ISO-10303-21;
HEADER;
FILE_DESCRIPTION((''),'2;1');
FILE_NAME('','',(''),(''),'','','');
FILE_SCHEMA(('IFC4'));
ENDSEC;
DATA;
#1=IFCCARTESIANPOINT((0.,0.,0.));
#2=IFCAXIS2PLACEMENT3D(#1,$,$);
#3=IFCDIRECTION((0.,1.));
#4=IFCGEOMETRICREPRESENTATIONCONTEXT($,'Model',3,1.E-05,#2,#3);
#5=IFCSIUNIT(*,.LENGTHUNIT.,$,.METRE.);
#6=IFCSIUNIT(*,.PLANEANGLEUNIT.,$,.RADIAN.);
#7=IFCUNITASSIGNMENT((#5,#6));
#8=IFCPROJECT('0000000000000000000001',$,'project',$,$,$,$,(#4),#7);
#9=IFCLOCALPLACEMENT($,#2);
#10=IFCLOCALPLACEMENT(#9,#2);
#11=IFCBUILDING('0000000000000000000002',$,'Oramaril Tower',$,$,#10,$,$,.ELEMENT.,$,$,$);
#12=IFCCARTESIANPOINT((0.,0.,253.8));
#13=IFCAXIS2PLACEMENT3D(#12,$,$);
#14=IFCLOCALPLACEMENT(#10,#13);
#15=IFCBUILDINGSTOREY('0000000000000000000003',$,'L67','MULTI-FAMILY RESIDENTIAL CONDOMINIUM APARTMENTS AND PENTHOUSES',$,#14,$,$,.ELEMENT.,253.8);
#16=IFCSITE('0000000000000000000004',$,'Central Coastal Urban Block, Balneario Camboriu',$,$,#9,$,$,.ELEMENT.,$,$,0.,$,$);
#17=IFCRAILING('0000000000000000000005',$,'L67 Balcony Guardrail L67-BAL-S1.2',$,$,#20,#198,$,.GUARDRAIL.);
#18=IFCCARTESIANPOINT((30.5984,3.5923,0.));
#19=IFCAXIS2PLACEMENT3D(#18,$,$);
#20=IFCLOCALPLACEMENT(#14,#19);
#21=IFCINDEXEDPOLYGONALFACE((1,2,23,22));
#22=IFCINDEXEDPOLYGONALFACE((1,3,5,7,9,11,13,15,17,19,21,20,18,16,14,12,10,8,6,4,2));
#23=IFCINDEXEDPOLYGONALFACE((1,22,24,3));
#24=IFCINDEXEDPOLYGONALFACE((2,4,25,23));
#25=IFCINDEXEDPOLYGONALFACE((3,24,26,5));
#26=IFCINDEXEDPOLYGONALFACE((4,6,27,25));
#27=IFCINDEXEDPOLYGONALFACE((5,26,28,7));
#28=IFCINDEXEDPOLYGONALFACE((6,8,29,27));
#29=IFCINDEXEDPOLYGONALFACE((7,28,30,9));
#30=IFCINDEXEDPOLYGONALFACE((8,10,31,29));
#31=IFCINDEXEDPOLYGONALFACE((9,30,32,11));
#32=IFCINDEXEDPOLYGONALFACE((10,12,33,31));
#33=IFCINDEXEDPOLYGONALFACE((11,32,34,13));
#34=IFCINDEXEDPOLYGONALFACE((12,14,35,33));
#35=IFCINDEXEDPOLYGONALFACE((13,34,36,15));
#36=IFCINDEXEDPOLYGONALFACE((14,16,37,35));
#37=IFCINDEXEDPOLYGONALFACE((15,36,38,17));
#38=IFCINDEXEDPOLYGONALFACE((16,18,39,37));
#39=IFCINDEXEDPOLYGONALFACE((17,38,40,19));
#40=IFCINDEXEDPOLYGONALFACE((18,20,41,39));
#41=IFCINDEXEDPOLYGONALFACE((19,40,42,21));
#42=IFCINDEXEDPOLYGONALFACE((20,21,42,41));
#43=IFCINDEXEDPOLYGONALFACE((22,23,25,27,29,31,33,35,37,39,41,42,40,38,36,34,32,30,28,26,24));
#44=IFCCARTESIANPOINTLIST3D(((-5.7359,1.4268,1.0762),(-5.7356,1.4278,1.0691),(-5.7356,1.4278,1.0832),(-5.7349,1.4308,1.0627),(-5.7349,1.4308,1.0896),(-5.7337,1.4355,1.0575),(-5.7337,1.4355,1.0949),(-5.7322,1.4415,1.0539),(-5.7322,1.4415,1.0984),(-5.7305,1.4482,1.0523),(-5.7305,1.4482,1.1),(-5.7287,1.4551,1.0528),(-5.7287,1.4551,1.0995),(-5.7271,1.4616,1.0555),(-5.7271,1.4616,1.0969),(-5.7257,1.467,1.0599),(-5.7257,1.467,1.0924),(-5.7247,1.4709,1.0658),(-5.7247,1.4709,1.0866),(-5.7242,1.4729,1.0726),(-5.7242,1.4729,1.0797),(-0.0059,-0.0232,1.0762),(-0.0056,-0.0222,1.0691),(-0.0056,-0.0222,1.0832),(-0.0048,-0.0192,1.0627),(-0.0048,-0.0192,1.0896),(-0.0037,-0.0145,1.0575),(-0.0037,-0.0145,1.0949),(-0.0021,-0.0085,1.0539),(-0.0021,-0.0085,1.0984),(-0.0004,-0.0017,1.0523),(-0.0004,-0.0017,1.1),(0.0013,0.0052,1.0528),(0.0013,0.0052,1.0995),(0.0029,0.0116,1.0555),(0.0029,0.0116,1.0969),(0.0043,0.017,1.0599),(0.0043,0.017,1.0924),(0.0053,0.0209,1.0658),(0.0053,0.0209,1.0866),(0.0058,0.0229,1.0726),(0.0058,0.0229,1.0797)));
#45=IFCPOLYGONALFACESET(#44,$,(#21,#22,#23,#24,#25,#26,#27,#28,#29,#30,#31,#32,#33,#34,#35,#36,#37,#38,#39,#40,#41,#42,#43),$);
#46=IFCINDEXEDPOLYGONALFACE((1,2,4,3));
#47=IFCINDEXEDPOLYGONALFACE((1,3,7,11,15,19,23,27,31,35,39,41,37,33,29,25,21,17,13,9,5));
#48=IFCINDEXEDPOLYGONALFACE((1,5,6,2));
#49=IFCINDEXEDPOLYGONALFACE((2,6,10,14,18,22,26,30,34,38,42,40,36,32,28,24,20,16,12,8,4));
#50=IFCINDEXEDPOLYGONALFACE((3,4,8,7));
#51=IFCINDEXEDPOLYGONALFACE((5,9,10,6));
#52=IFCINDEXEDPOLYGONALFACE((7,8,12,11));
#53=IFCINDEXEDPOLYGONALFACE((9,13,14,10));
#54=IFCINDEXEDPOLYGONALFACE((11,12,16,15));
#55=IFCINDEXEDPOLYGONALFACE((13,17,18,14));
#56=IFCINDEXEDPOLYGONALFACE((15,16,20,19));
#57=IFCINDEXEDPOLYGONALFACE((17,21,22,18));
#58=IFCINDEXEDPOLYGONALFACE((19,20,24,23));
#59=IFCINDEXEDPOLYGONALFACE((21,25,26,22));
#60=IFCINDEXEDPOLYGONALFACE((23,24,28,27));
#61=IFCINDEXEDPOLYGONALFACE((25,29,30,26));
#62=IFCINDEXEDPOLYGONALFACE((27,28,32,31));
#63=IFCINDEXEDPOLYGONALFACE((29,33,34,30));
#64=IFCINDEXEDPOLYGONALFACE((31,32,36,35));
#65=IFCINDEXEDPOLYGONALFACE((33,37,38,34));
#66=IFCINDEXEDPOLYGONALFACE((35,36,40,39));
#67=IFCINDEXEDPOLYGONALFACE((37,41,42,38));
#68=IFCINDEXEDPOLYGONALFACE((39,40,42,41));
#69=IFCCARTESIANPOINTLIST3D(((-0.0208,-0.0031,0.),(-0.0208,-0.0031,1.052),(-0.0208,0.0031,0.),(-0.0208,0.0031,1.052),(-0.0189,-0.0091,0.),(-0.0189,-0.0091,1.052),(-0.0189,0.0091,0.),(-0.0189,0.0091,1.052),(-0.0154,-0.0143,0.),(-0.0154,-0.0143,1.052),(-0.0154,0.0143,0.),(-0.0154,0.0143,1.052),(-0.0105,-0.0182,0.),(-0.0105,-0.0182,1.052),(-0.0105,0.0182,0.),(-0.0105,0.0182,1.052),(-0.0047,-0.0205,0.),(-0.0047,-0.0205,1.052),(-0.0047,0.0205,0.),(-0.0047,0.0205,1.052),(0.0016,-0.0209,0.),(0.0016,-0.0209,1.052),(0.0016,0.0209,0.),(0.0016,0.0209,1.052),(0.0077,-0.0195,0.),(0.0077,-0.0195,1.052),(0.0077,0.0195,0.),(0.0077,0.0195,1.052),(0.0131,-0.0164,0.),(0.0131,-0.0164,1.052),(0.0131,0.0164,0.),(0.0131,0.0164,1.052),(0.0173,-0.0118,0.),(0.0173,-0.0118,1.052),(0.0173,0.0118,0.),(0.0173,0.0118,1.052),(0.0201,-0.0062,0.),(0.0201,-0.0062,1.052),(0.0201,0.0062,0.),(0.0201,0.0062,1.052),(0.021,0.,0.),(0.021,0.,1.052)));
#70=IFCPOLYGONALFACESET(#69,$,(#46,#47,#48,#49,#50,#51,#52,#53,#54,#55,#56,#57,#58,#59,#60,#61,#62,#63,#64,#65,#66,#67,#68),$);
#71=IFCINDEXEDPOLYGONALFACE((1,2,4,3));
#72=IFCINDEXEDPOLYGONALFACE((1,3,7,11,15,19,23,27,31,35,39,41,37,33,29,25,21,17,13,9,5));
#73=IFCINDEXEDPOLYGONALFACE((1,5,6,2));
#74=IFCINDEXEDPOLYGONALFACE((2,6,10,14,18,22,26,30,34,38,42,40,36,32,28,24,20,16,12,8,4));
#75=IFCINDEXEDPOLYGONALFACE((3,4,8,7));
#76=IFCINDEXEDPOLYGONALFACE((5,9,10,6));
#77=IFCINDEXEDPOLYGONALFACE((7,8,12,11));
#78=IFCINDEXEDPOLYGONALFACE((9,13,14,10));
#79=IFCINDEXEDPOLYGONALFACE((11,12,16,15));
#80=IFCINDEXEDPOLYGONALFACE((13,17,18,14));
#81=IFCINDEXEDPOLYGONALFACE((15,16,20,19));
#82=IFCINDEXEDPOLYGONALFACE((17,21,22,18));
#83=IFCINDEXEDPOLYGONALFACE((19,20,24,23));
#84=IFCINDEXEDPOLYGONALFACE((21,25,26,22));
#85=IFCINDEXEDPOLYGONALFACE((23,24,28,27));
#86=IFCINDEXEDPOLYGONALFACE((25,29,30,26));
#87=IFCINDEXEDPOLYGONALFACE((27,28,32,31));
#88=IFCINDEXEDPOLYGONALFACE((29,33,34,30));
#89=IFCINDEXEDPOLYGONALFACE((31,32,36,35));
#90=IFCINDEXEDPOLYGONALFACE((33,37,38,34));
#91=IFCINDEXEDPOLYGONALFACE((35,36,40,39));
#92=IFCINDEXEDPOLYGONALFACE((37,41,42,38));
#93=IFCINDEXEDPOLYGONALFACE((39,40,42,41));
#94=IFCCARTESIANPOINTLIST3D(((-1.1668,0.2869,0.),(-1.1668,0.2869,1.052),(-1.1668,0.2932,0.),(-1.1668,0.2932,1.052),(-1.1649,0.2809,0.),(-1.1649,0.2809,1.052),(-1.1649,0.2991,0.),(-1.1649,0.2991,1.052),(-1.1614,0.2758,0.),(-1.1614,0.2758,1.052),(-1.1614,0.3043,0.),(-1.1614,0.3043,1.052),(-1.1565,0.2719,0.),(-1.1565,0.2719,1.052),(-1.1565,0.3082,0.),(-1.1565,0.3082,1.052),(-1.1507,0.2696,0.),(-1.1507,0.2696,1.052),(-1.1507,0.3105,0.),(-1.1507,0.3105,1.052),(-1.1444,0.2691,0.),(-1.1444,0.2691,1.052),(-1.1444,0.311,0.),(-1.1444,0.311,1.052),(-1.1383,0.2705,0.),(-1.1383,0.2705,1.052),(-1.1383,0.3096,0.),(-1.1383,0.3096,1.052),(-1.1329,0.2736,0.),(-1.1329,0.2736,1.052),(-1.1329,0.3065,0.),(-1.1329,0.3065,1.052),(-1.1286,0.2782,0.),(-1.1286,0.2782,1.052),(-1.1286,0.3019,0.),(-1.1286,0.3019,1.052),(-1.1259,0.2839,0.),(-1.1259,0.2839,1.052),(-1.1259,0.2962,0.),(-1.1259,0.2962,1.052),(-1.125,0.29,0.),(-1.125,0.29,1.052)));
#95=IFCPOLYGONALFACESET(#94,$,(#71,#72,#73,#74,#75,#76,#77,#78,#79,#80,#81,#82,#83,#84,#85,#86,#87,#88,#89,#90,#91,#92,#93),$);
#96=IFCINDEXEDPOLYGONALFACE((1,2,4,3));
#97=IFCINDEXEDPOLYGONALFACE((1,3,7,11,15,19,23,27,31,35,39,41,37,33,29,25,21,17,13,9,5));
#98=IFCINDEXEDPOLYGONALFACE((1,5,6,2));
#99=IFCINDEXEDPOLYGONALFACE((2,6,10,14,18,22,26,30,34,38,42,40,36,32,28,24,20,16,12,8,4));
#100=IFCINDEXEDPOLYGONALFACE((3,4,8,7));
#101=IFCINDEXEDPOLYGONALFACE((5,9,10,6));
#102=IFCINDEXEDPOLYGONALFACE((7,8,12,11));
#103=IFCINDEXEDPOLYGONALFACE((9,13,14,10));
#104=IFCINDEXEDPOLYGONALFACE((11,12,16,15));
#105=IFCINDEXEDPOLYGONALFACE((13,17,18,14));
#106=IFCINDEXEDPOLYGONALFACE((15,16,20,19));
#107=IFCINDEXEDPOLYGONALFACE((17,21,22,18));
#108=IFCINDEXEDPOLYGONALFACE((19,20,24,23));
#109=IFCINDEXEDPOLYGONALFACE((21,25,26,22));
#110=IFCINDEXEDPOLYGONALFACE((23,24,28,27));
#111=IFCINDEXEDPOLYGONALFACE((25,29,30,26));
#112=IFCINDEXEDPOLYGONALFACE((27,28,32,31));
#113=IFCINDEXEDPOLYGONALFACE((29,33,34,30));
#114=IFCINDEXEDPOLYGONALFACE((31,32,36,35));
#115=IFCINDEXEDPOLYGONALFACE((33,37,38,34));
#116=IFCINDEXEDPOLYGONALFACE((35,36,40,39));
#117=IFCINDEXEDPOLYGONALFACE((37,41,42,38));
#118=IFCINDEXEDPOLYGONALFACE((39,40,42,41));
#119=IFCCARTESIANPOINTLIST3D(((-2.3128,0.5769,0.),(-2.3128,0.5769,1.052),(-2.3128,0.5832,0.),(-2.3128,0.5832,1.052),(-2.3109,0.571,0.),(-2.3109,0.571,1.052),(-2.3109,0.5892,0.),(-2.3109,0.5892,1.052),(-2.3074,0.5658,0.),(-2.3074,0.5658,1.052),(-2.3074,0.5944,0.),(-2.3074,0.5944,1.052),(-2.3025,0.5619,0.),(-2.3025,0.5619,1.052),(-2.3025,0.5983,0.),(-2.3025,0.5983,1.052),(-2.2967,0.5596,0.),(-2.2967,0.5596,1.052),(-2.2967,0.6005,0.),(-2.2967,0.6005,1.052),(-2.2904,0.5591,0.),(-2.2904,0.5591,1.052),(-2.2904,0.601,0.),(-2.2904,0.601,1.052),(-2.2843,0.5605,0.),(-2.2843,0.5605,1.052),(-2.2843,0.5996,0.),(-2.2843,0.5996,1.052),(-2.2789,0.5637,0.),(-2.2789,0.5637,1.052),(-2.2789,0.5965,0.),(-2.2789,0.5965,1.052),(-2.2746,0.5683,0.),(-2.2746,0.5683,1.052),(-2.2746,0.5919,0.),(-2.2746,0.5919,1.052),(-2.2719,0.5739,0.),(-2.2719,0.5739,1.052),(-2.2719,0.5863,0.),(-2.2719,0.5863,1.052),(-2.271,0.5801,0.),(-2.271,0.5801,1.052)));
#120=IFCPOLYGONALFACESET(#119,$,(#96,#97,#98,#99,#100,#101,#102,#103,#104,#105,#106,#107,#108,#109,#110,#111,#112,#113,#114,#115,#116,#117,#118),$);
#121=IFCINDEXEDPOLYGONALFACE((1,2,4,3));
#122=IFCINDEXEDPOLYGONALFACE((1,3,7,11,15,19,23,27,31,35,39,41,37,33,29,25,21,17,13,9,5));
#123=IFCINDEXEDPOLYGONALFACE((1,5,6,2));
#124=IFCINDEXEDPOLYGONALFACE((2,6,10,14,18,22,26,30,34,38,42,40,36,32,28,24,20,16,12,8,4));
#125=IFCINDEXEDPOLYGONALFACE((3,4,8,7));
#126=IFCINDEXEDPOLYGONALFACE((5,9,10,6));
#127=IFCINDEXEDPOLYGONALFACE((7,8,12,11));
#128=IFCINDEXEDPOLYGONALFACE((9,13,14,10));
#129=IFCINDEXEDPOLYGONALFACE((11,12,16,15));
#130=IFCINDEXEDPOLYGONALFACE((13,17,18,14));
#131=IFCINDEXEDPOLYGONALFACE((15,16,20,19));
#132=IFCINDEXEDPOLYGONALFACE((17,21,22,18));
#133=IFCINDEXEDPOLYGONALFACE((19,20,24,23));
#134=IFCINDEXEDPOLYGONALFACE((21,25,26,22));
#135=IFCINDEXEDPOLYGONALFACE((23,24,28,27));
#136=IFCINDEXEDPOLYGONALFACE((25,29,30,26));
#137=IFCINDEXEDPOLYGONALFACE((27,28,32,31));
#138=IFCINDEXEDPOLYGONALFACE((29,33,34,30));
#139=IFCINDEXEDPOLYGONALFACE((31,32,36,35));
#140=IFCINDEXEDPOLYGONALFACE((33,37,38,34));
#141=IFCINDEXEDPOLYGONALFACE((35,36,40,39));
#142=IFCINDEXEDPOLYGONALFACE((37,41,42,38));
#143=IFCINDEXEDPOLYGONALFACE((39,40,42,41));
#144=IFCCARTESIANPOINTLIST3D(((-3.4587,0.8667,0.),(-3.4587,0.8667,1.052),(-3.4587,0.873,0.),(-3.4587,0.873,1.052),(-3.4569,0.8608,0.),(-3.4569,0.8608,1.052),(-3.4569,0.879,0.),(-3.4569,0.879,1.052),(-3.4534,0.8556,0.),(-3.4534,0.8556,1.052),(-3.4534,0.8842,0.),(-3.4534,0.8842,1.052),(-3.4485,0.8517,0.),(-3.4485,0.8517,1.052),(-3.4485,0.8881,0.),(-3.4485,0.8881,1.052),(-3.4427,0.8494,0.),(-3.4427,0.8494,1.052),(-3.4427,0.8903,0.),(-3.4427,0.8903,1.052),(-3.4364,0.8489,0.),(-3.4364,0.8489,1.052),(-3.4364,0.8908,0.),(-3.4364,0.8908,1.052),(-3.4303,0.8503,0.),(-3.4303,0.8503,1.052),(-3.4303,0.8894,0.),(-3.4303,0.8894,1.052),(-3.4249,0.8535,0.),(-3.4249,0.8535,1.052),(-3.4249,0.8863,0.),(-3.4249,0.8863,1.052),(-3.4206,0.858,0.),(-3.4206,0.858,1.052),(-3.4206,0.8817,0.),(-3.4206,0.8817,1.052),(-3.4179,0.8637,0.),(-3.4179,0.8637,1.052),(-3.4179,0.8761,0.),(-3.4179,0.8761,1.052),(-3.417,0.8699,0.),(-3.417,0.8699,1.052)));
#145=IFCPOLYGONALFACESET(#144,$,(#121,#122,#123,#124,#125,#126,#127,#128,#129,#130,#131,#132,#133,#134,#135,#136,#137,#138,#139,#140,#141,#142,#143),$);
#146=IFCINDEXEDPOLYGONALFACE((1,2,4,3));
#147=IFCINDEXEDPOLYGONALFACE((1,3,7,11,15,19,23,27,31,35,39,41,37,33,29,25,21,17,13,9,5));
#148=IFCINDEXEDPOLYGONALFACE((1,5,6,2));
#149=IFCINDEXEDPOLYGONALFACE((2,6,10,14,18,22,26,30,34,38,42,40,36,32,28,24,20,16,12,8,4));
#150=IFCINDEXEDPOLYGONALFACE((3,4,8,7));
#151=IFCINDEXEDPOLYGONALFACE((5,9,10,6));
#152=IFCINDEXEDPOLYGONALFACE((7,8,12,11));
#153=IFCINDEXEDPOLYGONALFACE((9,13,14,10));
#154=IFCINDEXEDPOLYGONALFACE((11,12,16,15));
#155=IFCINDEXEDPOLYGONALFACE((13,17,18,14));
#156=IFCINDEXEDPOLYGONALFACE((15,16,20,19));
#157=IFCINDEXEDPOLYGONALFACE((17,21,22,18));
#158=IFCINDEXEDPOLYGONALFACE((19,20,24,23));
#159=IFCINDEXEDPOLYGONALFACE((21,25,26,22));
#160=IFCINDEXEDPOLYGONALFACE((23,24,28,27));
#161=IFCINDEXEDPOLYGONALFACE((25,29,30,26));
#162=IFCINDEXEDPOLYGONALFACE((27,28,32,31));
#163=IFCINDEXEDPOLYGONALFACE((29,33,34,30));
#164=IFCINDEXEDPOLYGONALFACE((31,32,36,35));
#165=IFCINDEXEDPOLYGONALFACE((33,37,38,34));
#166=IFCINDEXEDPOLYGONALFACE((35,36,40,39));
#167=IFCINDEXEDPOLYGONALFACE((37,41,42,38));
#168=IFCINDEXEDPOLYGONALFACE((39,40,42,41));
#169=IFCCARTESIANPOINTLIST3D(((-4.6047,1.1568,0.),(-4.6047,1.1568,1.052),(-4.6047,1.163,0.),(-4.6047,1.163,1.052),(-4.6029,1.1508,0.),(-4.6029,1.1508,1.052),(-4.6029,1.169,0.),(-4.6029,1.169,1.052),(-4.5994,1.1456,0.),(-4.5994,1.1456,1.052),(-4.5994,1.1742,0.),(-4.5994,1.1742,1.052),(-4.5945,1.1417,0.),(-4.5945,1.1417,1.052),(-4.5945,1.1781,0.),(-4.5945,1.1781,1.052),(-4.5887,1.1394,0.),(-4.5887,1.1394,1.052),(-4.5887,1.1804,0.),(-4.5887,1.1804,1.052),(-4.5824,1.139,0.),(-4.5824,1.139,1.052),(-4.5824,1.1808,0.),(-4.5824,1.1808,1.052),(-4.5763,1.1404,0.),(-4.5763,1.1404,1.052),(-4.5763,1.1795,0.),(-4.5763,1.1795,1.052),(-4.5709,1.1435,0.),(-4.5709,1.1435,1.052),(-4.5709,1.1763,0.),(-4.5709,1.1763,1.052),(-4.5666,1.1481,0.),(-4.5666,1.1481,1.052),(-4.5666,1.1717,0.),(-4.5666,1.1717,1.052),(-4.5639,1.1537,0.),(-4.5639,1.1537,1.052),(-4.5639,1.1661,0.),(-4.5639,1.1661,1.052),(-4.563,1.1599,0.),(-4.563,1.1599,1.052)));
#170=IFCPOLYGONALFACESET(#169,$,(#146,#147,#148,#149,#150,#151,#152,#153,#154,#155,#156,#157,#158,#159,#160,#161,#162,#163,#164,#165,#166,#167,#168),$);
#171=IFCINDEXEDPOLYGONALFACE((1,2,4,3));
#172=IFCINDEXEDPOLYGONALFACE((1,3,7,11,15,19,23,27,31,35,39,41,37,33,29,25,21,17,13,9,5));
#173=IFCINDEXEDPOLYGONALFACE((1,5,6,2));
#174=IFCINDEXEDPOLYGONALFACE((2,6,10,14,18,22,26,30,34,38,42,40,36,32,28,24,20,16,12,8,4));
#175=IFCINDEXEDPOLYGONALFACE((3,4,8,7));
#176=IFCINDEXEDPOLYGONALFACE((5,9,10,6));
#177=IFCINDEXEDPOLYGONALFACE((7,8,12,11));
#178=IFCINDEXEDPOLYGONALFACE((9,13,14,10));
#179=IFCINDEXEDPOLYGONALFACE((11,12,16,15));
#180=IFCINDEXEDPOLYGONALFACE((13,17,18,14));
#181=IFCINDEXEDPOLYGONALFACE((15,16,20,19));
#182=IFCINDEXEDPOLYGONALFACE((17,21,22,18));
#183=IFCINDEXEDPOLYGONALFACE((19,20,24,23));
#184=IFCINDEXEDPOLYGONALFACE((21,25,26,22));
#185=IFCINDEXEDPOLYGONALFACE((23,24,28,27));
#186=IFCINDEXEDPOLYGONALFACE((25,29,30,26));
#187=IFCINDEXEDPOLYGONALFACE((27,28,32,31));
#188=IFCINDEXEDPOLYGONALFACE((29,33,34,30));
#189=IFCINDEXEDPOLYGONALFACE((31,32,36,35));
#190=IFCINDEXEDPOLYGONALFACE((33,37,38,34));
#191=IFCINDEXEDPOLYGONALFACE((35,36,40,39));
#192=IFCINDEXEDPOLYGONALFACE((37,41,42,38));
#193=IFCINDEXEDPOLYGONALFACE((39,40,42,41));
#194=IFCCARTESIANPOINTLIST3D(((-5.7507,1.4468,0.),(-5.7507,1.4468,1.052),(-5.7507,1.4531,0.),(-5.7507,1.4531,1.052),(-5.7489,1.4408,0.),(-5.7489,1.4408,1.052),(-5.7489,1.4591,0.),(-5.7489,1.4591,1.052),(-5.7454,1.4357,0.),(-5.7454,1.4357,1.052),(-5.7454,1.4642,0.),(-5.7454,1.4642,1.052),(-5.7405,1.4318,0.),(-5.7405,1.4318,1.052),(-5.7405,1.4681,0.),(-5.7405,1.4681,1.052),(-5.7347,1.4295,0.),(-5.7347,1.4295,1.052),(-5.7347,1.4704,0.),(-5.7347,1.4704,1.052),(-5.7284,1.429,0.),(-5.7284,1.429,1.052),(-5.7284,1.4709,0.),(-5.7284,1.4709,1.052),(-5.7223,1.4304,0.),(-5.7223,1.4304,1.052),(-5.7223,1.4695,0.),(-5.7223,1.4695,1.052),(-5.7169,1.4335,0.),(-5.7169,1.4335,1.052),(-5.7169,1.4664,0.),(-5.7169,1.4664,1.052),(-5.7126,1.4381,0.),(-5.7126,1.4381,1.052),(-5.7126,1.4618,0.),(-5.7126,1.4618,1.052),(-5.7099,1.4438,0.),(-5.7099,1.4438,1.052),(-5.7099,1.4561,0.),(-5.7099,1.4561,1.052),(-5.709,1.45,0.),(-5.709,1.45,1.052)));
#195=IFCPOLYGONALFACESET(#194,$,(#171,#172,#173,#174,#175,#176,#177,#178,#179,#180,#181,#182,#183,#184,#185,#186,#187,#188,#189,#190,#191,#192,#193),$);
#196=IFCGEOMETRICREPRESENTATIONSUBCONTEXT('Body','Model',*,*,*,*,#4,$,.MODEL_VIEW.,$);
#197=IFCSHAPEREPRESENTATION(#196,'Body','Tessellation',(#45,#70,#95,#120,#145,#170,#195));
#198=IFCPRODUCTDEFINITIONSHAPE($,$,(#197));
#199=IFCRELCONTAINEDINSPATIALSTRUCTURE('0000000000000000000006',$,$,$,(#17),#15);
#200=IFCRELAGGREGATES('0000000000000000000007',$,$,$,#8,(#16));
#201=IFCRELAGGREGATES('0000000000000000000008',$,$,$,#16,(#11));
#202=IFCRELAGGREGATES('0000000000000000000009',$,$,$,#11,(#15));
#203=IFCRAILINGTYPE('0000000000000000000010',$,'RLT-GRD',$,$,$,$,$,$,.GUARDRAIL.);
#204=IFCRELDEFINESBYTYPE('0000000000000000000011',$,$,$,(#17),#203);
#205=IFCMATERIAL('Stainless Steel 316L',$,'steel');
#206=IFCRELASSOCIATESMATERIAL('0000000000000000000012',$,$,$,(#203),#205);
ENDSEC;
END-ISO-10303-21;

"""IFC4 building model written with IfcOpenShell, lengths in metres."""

from ifc_helpers import new_model, si_unit, direction, frame, origin, origin_2d, place, context, subcontext, project, spatial, circle, extrude, material, type_object, element, save


model = new_model("IFC4")

# Units and contexts
model_context = context("Model", 3, precision=1e-05, world=origin(), true_north=direction((0.0, 1.0)))
body_context = subcontext(model_context, "Body", "Model", "MODEL_VIEW")
ifc_project = project(units=[si_unit("LENGTHUNIT", "METRE"), si_unit("PLANEANGLEUNIT", "RADIAN")], contexts=[model_context])

# Site, building, storey
site_placement = place(None, origin())
site = spatial("IfcSite", under=ifc_project, at=site_placement, Name="Central Coastal Urban Block, Balneario Camboriu", CompositionType="ELEMENT", RefElevation=0.0)
building_placement = place(site_placement, origin())
building = spatial("IfcBuilding", under=site, at=building_placement, Name="Oramaril Tower", CompositionType="ELEMENT")
storey_placement = place(building_placement, frame((0.0, 0.0, 253.8)))
storey = spatial("IfcBuildingStorey", under=building, at=storey_placement, Name="L67", Description="MULTI-FAMILY RESIDENTIAL CONDOMINIUM APARTMENTS AND PENTHOUSES", CompositionType="ELEMENT", Elevation=253.8)

# Railing
ifc_material_1 = material(Name="Stainless Steel 316L", Category="steel")
railing_type = type_object("IfcRailingType", Name="RLT-GRD", PredefinedType="GUARDRAIL", material=ifc_material_1)
railing_1_placement = place(storey_placement, frame((30.5984, 3.5923, 0.0)))
element("IfcRailing", 1, at=railing_1_placement, inside=storey, type_object=railing_type, Name="L67 Balcony Guardrail L67-BAL-S1.2", PredefinedType="GUARDRAIL", context=body_context, shape_type="SweptSolid", body=[
    extrude(circle(Radius=0.0239, at=origin_2d()), frame((0.0, 0.0, 1.0762), z_axis=(-0.969444, 0.245314, 0.0), x_axis=(-0.245314, -0.969444, 0.0)), (0.0, 0.0, 1.0), 5.9106),
    extrude(circle(Radius=0.021, at=origin_2d()), origin(), (0.0, 0.0, 1.0), 1.052),
    extrude(circle(Radius=0.021, at=origin_2d()), frame((-1.146, 0.29, 0.0)), (0.0, 0.0, 1.0), 1.052),
    extrude(circle(Radius=0.021, at=origin_2d()), frame((-2.292, 0.5801, 0.0)), (0.0, 0.0, 1.0), 1.052),
    extrude(circle(Radius=0.021, at=origin_2d()), frame((-3.438, 0.8699, 0.0)), (0.0, 0.0, 1.0), 1.052),
    extrude(circle(Radius=0.021, at=origin_2d()), frame((-4.584, 1.1599, 0.0)), (0.0, 0.0, 1.0), 1.052),
    extrude(circle(Radius=0.021, at=origin_2d()), frame((-5.73, 1.45, 0.0)), (0.0, 0.0, 1.0), 1.052),
])

save(model, "model.ifc")
